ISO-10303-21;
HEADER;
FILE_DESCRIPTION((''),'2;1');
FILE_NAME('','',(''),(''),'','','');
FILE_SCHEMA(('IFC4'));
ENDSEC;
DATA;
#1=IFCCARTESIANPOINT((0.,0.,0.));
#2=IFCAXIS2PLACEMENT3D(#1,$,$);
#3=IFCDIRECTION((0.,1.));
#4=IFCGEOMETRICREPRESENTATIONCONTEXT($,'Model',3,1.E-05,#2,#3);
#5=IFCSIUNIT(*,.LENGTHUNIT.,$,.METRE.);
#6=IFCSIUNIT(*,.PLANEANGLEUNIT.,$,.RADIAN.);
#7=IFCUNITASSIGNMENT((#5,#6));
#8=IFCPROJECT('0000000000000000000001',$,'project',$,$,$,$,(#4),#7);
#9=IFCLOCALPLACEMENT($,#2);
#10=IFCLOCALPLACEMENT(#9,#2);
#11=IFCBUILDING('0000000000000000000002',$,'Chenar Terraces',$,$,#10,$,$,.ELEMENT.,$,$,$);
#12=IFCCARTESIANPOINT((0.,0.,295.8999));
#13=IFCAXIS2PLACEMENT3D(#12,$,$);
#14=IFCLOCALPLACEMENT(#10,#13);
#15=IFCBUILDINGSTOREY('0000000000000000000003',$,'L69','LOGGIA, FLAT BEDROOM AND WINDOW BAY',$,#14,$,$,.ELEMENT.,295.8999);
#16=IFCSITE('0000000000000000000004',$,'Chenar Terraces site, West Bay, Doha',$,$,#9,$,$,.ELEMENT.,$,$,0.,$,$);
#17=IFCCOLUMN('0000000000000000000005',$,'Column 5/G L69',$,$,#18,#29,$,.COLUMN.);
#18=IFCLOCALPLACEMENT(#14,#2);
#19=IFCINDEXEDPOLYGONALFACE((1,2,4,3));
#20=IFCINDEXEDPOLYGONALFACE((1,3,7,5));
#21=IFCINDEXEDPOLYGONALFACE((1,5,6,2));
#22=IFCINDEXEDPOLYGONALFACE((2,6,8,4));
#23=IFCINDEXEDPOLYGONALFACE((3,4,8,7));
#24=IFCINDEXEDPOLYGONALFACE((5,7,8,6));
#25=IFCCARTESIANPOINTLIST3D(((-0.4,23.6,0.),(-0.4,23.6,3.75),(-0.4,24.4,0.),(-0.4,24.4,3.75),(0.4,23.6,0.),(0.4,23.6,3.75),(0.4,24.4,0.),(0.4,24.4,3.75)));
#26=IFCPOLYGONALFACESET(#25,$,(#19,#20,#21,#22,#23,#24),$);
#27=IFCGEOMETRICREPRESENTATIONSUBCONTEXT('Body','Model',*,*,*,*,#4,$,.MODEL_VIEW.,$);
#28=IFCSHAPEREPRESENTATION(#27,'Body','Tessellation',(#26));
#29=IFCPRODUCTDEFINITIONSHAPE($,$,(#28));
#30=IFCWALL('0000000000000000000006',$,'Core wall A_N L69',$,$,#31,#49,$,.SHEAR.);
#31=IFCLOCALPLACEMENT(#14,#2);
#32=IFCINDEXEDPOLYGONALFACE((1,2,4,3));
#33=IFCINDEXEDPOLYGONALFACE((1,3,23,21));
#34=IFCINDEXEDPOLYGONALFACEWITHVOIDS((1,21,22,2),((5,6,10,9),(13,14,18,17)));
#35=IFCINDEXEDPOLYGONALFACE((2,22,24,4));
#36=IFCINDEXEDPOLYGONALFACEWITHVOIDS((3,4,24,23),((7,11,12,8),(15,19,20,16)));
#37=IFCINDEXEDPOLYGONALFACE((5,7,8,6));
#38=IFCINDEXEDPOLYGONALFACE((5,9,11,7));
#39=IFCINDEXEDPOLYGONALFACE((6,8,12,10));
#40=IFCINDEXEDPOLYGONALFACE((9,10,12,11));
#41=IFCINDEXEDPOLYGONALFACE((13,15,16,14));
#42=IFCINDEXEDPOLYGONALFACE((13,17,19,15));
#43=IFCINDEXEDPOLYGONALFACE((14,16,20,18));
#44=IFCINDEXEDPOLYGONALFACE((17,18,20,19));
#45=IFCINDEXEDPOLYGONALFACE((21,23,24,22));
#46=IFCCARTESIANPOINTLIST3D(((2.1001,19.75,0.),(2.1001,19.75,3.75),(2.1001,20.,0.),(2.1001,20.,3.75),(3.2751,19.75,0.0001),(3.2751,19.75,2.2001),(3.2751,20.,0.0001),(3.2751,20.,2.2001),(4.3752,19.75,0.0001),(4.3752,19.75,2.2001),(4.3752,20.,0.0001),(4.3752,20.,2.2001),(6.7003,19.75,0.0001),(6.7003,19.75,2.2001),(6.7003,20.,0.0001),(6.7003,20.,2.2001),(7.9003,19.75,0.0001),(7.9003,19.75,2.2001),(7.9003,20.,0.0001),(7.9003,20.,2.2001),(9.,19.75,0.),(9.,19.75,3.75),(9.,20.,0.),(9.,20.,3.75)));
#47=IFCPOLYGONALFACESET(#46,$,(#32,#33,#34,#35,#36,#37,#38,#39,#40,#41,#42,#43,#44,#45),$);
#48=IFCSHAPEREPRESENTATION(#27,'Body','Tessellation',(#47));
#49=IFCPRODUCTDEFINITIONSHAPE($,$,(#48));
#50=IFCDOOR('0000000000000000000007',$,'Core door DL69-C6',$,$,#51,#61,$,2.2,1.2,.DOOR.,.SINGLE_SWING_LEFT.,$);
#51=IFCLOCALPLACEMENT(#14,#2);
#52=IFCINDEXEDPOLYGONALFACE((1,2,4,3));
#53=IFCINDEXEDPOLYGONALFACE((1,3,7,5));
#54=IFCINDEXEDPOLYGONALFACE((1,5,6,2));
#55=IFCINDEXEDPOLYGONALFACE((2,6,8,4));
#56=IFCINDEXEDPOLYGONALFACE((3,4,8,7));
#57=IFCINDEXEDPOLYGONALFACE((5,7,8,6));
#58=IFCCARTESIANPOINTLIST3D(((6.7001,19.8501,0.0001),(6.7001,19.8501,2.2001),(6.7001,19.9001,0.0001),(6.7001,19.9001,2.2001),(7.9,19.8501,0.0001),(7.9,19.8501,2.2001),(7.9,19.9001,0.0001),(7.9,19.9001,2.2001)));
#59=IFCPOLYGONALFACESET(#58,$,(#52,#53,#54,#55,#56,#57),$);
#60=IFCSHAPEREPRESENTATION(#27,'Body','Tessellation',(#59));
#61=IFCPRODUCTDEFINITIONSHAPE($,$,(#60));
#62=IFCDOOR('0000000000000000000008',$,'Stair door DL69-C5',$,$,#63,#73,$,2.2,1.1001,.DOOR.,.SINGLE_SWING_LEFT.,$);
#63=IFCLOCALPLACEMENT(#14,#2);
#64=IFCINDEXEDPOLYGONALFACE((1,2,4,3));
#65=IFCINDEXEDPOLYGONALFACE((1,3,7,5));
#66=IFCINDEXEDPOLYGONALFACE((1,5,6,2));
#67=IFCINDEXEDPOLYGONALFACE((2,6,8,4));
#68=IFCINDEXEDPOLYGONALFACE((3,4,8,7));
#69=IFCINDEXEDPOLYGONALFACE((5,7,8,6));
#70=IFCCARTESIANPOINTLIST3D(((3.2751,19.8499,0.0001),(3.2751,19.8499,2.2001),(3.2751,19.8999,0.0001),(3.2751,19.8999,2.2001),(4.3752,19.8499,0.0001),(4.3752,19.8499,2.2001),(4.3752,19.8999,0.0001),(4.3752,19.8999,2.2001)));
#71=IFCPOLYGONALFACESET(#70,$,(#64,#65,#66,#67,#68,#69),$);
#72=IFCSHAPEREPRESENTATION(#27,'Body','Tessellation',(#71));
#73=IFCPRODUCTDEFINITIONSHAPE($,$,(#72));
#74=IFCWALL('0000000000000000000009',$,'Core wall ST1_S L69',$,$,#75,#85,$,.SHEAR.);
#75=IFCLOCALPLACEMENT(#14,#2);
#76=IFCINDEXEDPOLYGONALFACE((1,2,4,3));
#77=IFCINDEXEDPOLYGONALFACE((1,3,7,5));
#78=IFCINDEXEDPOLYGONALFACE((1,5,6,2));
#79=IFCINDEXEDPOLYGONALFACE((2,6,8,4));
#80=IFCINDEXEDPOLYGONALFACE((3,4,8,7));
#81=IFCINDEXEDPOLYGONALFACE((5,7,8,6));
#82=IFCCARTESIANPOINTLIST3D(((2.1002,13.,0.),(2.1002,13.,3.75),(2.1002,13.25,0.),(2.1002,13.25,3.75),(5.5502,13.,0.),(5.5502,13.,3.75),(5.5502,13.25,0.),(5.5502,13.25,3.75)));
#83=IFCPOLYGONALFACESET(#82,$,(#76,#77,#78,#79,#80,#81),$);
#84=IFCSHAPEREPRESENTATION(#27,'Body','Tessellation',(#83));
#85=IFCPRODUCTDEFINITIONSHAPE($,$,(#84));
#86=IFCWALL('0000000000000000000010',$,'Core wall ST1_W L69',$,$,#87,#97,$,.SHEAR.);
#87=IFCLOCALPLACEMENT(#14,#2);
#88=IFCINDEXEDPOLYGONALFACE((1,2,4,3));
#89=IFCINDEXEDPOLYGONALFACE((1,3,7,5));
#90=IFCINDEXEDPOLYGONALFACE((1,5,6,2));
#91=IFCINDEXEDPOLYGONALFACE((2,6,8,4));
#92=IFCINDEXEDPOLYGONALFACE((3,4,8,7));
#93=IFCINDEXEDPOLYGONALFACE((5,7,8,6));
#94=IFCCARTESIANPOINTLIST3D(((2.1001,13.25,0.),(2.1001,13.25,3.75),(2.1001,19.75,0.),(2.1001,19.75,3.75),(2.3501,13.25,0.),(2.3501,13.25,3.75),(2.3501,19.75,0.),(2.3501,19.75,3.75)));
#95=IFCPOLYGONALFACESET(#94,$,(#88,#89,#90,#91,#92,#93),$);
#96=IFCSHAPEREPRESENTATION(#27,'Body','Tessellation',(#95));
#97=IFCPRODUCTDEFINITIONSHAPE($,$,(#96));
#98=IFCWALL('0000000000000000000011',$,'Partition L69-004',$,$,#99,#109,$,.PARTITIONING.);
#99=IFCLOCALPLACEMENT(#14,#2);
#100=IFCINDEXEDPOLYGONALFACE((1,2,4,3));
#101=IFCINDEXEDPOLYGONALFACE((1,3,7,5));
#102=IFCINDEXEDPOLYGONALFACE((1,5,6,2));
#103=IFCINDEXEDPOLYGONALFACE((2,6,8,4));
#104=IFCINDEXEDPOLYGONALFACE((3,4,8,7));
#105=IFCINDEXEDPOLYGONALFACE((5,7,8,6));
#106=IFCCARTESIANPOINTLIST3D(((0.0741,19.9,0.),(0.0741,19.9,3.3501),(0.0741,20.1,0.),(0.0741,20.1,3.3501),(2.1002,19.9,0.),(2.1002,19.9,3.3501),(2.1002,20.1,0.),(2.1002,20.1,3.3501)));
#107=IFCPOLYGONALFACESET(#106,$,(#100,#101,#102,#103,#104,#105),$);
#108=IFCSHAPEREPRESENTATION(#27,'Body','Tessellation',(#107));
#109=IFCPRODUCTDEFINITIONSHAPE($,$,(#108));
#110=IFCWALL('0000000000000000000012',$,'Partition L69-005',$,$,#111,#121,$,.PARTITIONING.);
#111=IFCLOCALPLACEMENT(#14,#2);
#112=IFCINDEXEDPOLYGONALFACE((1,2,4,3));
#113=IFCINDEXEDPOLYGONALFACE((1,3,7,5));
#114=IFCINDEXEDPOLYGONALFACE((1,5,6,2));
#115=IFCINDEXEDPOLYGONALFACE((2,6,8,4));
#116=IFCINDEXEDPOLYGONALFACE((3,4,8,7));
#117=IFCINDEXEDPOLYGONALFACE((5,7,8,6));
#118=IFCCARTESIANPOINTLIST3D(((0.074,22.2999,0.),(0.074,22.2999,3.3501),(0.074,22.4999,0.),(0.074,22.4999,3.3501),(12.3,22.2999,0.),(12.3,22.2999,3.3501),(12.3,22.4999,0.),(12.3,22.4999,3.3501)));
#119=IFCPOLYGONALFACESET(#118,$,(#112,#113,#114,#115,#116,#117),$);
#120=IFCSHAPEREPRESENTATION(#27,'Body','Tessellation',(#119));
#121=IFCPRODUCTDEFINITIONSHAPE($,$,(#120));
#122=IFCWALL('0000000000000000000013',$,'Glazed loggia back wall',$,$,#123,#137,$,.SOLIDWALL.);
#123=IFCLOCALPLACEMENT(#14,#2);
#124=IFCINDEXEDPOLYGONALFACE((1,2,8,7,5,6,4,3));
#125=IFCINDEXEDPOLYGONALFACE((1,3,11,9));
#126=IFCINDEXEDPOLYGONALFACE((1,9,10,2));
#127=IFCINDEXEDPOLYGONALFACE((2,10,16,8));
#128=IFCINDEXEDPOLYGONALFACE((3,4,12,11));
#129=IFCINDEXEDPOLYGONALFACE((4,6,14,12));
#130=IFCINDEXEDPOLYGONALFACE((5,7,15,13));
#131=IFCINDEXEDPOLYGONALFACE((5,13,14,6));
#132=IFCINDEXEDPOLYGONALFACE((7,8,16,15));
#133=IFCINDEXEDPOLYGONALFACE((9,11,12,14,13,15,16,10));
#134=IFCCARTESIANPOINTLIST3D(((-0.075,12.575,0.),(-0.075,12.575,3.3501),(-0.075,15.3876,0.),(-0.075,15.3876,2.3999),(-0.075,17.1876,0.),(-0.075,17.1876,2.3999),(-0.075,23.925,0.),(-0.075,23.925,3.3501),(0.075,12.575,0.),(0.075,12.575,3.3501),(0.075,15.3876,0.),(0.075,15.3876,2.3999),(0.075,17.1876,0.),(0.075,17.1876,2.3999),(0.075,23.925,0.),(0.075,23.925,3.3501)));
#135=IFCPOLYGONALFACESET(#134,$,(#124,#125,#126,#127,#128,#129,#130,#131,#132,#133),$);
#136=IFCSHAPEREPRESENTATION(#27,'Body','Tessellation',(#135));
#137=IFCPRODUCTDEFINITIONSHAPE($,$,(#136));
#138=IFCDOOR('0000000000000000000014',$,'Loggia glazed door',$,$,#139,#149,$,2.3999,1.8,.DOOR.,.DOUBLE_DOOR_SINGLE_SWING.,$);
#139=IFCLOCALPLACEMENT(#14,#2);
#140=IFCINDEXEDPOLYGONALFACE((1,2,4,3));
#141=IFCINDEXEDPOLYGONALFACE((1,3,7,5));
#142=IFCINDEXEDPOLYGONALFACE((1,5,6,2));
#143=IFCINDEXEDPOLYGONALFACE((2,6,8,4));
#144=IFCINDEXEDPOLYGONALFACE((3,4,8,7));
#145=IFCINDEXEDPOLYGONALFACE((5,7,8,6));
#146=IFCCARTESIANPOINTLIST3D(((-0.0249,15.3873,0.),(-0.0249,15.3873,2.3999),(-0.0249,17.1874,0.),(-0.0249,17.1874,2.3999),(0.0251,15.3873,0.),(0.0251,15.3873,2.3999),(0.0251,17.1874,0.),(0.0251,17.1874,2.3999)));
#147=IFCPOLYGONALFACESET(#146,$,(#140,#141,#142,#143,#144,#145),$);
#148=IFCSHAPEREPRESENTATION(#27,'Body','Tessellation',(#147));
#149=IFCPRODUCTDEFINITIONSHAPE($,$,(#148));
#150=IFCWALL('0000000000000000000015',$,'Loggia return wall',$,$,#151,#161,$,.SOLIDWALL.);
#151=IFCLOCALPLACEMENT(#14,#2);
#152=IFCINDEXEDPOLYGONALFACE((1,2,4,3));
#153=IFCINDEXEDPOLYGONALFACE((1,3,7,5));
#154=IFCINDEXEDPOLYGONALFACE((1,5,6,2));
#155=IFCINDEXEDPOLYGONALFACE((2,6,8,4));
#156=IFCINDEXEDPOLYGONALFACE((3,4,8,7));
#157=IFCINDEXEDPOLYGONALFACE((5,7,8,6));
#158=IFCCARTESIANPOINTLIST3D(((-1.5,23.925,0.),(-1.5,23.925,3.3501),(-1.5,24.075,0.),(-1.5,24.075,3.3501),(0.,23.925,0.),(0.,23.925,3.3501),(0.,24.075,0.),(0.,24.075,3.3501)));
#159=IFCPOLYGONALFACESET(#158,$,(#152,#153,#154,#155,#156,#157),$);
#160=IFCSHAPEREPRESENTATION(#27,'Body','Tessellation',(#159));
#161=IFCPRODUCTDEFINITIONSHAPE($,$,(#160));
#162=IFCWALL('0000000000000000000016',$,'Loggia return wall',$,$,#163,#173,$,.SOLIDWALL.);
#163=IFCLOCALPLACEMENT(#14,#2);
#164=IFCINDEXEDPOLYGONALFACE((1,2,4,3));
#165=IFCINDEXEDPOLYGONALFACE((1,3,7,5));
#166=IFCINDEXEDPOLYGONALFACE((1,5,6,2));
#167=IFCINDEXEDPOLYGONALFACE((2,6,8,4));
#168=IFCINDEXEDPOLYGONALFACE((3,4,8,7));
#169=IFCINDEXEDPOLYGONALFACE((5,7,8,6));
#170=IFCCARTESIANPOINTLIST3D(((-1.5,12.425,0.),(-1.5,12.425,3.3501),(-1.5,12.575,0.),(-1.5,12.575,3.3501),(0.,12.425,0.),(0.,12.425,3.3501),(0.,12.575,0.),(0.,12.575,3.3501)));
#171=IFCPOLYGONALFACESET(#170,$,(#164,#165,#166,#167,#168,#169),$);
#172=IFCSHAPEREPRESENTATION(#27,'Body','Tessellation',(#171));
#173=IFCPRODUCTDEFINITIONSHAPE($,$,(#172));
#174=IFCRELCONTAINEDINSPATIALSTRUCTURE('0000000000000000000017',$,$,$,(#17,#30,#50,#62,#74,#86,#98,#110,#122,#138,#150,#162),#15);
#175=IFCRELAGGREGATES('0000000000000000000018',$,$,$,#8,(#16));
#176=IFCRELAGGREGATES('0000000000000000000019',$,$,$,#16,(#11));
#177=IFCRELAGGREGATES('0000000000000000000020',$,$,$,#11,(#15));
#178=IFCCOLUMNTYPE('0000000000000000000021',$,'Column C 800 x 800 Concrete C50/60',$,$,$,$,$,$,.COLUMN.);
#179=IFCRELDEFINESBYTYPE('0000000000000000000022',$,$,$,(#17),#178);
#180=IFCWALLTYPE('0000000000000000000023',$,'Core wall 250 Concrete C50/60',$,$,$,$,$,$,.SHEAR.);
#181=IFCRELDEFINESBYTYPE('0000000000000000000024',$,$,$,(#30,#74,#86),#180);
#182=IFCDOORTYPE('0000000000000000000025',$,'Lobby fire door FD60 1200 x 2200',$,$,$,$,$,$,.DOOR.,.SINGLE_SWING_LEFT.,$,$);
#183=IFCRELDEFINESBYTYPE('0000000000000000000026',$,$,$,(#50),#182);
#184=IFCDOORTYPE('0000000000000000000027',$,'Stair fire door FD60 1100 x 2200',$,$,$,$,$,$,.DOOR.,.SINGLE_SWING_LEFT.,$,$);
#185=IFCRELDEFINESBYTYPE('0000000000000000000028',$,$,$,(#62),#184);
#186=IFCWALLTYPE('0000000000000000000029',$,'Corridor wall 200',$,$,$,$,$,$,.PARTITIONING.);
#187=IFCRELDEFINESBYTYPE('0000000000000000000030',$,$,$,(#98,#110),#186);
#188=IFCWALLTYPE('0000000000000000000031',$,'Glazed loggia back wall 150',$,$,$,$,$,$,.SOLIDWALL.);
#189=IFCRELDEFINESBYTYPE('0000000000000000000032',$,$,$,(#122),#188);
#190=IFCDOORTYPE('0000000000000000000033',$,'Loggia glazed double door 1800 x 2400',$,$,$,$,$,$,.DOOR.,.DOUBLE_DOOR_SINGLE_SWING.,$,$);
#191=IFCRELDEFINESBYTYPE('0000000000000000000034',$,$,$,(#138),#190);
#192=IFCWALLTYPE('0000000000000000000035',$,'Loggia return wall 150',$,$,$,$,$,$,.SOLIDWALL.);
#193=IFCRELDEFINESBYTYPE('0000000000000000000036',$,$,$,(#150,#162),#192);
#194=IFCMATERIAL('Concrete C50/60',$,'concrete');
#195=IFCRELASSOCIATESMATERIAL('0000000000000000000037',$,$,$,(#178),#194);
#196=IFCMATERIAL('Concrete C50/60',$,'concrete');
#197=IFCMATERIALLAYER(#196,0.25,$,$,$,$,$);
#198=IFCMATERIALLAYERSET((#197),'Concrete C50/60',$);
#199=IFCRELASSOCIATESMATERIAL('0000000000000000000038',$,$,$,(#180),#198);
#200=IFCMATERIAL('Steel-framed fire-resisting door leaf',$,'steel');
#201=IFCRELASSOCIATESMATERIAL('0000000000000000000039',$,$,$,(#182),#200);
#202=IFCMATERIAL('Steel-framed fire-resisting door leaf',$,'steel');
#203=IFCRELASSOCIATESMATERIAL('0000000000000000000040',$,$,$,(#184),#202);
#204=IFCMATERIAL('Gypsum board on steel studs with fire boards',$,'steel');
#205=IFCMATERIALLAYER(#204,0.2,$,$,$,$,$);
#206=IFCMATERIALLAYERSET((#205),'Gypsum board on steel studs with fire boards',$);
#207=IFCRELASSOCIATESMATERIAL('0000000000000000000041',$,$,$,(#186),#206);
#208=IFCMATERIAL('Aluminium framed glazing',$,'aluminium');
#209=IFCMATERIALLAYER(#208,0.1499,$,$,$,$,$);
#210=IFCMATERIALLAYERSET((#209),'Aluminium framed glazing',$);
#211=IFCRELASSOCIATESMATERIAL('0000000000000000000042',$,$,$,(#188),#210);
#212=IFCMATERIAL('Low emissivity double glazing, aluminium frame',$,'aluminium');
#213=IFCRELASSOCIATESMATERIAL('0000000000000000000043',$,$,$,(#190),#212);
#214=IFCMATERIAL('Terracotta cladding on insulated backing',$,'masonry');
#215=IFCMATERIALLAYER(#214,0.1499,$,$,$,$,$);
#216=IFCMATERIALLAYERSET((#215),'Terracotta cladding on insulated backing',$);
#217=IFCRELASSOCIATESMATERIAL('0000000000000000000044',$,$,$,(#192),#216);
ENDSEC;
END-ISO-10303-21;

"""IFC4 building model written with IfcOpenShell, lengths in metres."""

from ifc_helpers import new_model, si_unit, direction, frame, frame_2d, origin, origin_2d, place, context, subcontext, project, spatial, rectangle, extrude, material, layer, layer_set, material_profile, profile_set, type_object, element, fill, save


model = new_model("IFC4")

# Units and contexts
model_context = context("Model", 3, precision=1e-05, world=origin(), true_north=direction((0.0, 1.0)))
body_context = subcontext(model_context, "Body", "Model", "MODEL_VIEW")
ifc_project = project(units=[si_unit("LENGTHUNIT", "METRE"), si_unit("PLANEANGLEUNIT", "RADIAN")], contexts=[model_context])

# Site, building, storey
site_placement = place(None, origin())
site = spatial("IfcSite", under=ifc_project, at=site_placement, Name="Chenar Terraces site, West Bay, Doha", CompositionType="ELEMENT", RefElevation=0.0)
building_placement = place(site_placement, origin())
building = spatial("IfcBuilding", under=site, at=building_placement, Name="Chenar Terraces", CompositionType="ELEMENT")
storey_placement = place(building_placement, frame((0.0, 0.0, 295.8999)))
storey = spatial("IfcBuildingStorey", under=building, at=storey_placement, Name="L69", Description="LOGGIA, FLAT BEDROOM AND WINDOW BAY", CompositionType="ELEMENT", Elevation=295.8999)

# Column
ifc_material_1 = material(Name="Concrete C50/60", Category="concrete")
ifc_material_profile_1 = material_profile(ifc_material_1, rectangle(XDim=0.8, YDim=0.8, at=origin_2d()), Name="C 800 x 800")
ifc_profile_set_1 = profile_set([ifc_material_profile_1], Name="Concrete C50/60")
column_type = type_object("IfcColumnType", Name="Column C 800 x 800 Concrete C50/60", PredefinedType="COLUMN", material=ifc_profile_set_1)
column_placement = place(storey_placement, frame((0.0, 24.0, 0.0), z_axis=(0.0, 0.0, 1.0), x_axis=(1.0, 0.0, 0.0)))
element("IfcColumn", 1, at=column_placement, inside=storey, type_object=column_type, Name="Column 5/G L69", PredefinedType="COLUMN", context=body_context, shape_type="SweptSolid", body=[
    extrude(rectangle(XDim=0.8, YDim=0.8, at=origin_2d()), origin(), (0.0, 0.0, 1.0), 3.75),
])

# Wall, openings, doors
ifc_material_2 = material(Name="Concrete C50/60", Category="concrete")
ifc_layer_1 = layer(ifc_material_2, 0.25)
ifc_layer_set_1 = layer_set([ifc_layer_1], Name="Concrete C50/60")
wall_type_1 = type_object("IfcWallType", Name="Core wall 250 Concrete C50/60", PredefinedType="SHEAR", material=ifc_layer_set_1)
wall_1_placement = place(storey_placement, frame((2.1001, 19.875, 0.0), z_axis=(0.0, 0.0, 1.0), x_axis=(1.0, 0.0, 0.0)))
wall_1 = element("IfcWall", 2, at=wall_1_placement, inside=storey, type_object=wall_type_1, Name="Core wall A_N L69", PredefinedType="SHEAR", context=body_context, shape_type="SweptSolid", body=[
    extrude(rectangle(XDim=6.8999, YDim=0.25, at=frame_2d((3.45, 0.0))), origin(), (0.0, 0.0, 1.0), 3.75),
])
opening_1_placement = place(wall_1_placement, frame((1.175, 0.0, 0.0)))
opening_1 = element("IfcOpeningElement", 3, at=opening_1_placement, cuts=wall_1, PredefinedType="OPENING", context=body_context, shape_type="SweptSolid", body=[
    extrude(rectangle(XDim=1.1001, YDim=2.2, at=frame_2d((0.55, 1.1001))), frame((0.0, 0.135, 0.0), z_axis=(0.0, -1.0, 0.0), x_axis=(1.0, 0.0, 0.0)), (0.0, 0.0, 1.0), 0.27),
])
opening_2_placement = place(wall_1_placement, frame((4.6001, 0.0, 0.0)))
opening_2 = element("IfcOpeningElement", 4, at=opening_2_placement, cuts=wall_1, PredefinedType="OPENING", context=body_context, shape_type="SweptSolid", body=[
    extrude(rectangle(XDim=1.2, YDim=2.2, at=frame_2d((0.6001, 1.1001))), frame((0.0, 0.135, 0.0), z_axis=(0.0, -1.0, 0.0), x_axis=(1.0, 0.0, 0.0)), (0.0, 0.0, 1.0), 0.27),
])
ifc_material_3 = material(Name="Steel-framed fire-resisting door leaf", Category="steel")
door_type_1 = type_object("IfcDoorType", Name="Lobby fire door FD60 1200 x 2200", OperationType="SINGLE_SWING_LEFT", PredefinedType="DOOR", material=ifc_material_3)
door_1_placement = place(opening_2_placement, frame((1.2, 0.0, 0.0), z_axis=(0.0, 0.0, 1.0), x_axis=(-1.0, 0.0, 0.0)))
door_1 = element("IfcDoor", 5, at=door_1_placement, inside=storey, type_object=door_type_1, Name="Core door DL69-C6", OperationType="SINGLE_SWING_LEFT", OverallHeight=2.2, OverallWidth=1.2, PredefinedType="DOOR", context=body_context, shape_type="SweptSolid", body=[
    extrude(rectangle(XDim=1.2, YDim=2.2, at=frame_2d((0.6001, 1.1001))), frame((0.0, 0.0249, 0.0), z_axis=(0.0, -1.0, 0.0), x_axis=(1.0, 0.0, 0.0)), (0.0, 0.0, 1.0), 0.05),
])
fill(opening_2, door_1)
ifc_material_4 = material(Name="Steel-framed fire-resisting door leaf", Category="steel")
door_type_2 = type_object("IfcDoorType", Name="Stair fire door FD60 1100 x 2200", OperationType="SINGLE_SWING_LEFT", PredefinedType="DOOR", material=ifc_material_4)
door_2_placement = place(opening_1_placement, origin())
door_2 = element("IfcDoor", 6, at=door_2_placement, inside=storey, type_object=door_type_2, Name="Stair door DL69-C5", OperationType="SINGLE_SWING_LEFT", OverallHeight=2.2, OverallWidth=1.1001, PredefinedType="DOOR", context=body_context, shape_type="SweptSolid", body=[
    extrude(rectangle(XDim=1.1001, YDim=2.2, at=frame_2d((0.55, 1.1001))), frame((0.0, 0.0249, 0.0), z_axis=(0.0, -1.0, 0.0), x_axis=(1.0, 0.0, 0.0)), (0.0, 0.0, 1.0), 0.05),
])
fill(opening_1, door_2)

# Walls
wall_2_placement = place(storey_placement, frame((2.1001, 13.125, 0.0), z_axis=(0.0, 0.0, 1.0), x_axis=(1.0, 0.0, 0.0)))
element("IfcWall", 7, at=wall_2_placement, inside=storey, type_object=wall_type_1, Name="Core wall ST1_S L69", PredefinedType="SHEAR", context=body_context, shape_type="SweptSolid", body=[
    extrude(rectangle(XDim=3.45, YDim=0.25, at=frame_2d((1.7251, 0.0))), origin(), (0.0, 0.0, 1.0), 3.75),
])
wall_3_placement = place(storey_placement, frame((2.2251, 13.25, 0.0), z_axis=(0.0, 0.0, 1.0), x_axis=(0.0, 1.0, 0.0)))
element("IfcWall", 8, at=wall_3_placement, inside=storey, type_object=wall_type_1, Name="Core wall ST1_W L69", PredefinedType="SHEAR", context=body_context, shape_type="SweptSolid", body=[
    extrude(rectangle(XDim=6.5, YDim=0.25, at=frame_2d((3.25, 0.0))), origin(), (0.0, 0.0, 1.0), 3.75),
])
ifc_material_5 = material(Name="Gypsum board on steel studs with fire boards", Category="steel")
ifc_layer_2 = layer(ifc_material_5, 0.2)
ifc_layer_set_2 = layer_set([ifc_layer_2], Name="Gypsum board on steel studs with fire boards")
wall_type_2 = type_object("IfcWallType", Name="Corridor wall 200", PredefinedType="PARTITIONING", material=ifc_layer_set_2)
wall_4_placement = place(storey_placement, frame((0.074, 20.0, 0.0), z_axis=(0.0, 0.0, 1.0), x_axis=(1.0, 0.0, 0.0)))
element("IfcWall", 9, at=wall_4_placement, inside=storey, type_object=wall_type_2, Name="Partition L69-004", PredefinedType="PARTITIONING", context=body_context, shape_type="SweptSolid", body=[
    extrude(rectangle(XDim=2.0261, YDim=0.2, at=frame_2d((1.0132, 0.0))), origin(), (0.0, 0.0, 1.0), 3.3501),
])
wall_5_placement = place(storey_placement, frame((0.074, 22.3999, 0.0), z_axis=(0.0, 0.0, 1.0), x_axis=(1.0, 0.0, 0.0)))
element("IfcWall", 10, at=wall_5_placement, inside=storey, type_object=wall_type_2, Name="Partition L69-005", PredefinedType="PARTITIONING", context=body_context, shape_type="SweptSolid", body=[
    extrude(rectangle(XDim=12.2261, YDim=0.2, at=frame_2d((6.113, 0.0))), origin(), (0.0, 0.0, 1.0), 3.3501),
])

# Wall, opening, door
ifc_material_6 = material(Name="Aluminium framed glazing", Category="aluminium")
ifc_layer_3 = layer(ifc_material_6, 0.1499)
ifc_layer_set_3 = layer_set([ifc_layer_3], Name="Aluminium framed glazing")
wall_type_3 = type_object("IfcWallType", Name="Glazed loggia back wall 150", PredefinedType="SOLIDWALL", material=ifc_layer_set_3)
wall_6_placement = place(storey_placement, frame((0.0, 23.925, 0.0), z_axis=(0.0, 0.0, 1.0), x_axis=(0.0, -1.0, 0.0)))
wall_6 = element("IfcWall", 11, at=wall_6_placement, inside=storey, type_object=wall_type_3, Name="Glazed loggia back wall", PredefinedType="SOLIDWALL", context=body_context, shape_type="SweptSolid", body=[
    extrude(rectangle(XDim=11.3501, YDim=0.1499, at=frame_2d((5.675, 0.0))), origin(), (0.0, 0.0, 1.0), 3.3501),
])
opening_3_placement = place(wall_6_placement, frame((6.7375, 0.0, 0.0)))
opening_3 = element("IfcOpeningElement", 12, at=opening_3_placement, cuts=wall_6, PredefinedType="OPENING", context=body_context, shape_type="SweptSolid", body=[
    extrude(rectangle(XDim=1.8, YDim=2.3999, at=frame_2d((0.8999, 1.2))), frame((0.0, 0.085, 0.0), z_axis=(0.0, -1.0, 0.0), x_axis=(1.0, 0.0, 0.0)), (0.0, 0.0, 1.0), 0.1699),
])
ifc_material_7 = material(Name="Low emissivity double glazing, aluminium frame", Category="aluminium")
door_type_3 = type_object("IfcDoorType", Name="Loggia glazed double door 1800 x 2400", OperationType="DOUBLE_DOOR_SINGLE_SWING", PredefinedType="DOOR", material=ifc_material_7)
door_3_placement = place(opening_3_placement, frame((1.8, 0.0, 0.0), z_axis=(0.0, 0.0, 1.0), x_axis=(-1.0, 0.0, 0.0)))
door_3 = element("IfcDoor", 13, at=door_3_placement, inside=storey, type_object=door_type_3, Name="Loggia glazed door", OperationType="DOUBLE_DOOR_SINGLE_SWING", OverallHeight=2.3999, OverallWidth=1.8, PredefinedType="DOOR", context=body_context, shape_type="SweptSolid", body=[
    extrude(rectangle(XDim=1.8, YDim=2.3999, at=frame_2d((0.8999, 1.2))), frame((0.0, 0.0249, 0.0), z_axis=(0.0, -1.0, 0.0), x_axis=(1.0, 0.0, 0.0)), (0.0, 0.0, 1.0), 0.05),
])
fill(opening_3, door_3)

# Walls
ifc_material_8 = material(Name="Terracotta cladding on insulated backing", Category="masonry")
ifc_layer_4 = layer(ifc_material_8, 0.1499)
ifc_layer_set_4 = layer_set([ifc_layer_4], Name="Terracotta cladding on insulated backing")
wall_type_4 = type_object("IfcWallType", Name="Loggia return wall 150", PredefinedType="SOLIDWALL", material=ifc_layer_set_4)
for number, where, z_axis, x_axis, name in (
    (14, (-1.5, 24.0, 0.0), (0.0, 0.0, 1.0), (1.0, 0.0, 0.0), "Loggia return wall"),
    (15, (-1.5, 12.5, 0.0), (0.0, 0.0, 1.0), (1.0, 0.0, 0.0), "Loggia return wall"),
):
    element("IfcWall", number, at=place(storey_placement, frame(where, z_axis=z_axis, x_axis=x_axis)), inside=storey, type_object=wall_type_4, Name=name, PredefinedType="SOLIDWALL", context=body_context, shape_type="SweptSolid", body=[
        extrude(rectangle(XDim=1.5, YDim=0.1499, at=frame_2d((0.75, 0.0))), origin(), (0.0, 0.0, 1.0), 3.3501),
    ])

save(model, "model.ifc")
